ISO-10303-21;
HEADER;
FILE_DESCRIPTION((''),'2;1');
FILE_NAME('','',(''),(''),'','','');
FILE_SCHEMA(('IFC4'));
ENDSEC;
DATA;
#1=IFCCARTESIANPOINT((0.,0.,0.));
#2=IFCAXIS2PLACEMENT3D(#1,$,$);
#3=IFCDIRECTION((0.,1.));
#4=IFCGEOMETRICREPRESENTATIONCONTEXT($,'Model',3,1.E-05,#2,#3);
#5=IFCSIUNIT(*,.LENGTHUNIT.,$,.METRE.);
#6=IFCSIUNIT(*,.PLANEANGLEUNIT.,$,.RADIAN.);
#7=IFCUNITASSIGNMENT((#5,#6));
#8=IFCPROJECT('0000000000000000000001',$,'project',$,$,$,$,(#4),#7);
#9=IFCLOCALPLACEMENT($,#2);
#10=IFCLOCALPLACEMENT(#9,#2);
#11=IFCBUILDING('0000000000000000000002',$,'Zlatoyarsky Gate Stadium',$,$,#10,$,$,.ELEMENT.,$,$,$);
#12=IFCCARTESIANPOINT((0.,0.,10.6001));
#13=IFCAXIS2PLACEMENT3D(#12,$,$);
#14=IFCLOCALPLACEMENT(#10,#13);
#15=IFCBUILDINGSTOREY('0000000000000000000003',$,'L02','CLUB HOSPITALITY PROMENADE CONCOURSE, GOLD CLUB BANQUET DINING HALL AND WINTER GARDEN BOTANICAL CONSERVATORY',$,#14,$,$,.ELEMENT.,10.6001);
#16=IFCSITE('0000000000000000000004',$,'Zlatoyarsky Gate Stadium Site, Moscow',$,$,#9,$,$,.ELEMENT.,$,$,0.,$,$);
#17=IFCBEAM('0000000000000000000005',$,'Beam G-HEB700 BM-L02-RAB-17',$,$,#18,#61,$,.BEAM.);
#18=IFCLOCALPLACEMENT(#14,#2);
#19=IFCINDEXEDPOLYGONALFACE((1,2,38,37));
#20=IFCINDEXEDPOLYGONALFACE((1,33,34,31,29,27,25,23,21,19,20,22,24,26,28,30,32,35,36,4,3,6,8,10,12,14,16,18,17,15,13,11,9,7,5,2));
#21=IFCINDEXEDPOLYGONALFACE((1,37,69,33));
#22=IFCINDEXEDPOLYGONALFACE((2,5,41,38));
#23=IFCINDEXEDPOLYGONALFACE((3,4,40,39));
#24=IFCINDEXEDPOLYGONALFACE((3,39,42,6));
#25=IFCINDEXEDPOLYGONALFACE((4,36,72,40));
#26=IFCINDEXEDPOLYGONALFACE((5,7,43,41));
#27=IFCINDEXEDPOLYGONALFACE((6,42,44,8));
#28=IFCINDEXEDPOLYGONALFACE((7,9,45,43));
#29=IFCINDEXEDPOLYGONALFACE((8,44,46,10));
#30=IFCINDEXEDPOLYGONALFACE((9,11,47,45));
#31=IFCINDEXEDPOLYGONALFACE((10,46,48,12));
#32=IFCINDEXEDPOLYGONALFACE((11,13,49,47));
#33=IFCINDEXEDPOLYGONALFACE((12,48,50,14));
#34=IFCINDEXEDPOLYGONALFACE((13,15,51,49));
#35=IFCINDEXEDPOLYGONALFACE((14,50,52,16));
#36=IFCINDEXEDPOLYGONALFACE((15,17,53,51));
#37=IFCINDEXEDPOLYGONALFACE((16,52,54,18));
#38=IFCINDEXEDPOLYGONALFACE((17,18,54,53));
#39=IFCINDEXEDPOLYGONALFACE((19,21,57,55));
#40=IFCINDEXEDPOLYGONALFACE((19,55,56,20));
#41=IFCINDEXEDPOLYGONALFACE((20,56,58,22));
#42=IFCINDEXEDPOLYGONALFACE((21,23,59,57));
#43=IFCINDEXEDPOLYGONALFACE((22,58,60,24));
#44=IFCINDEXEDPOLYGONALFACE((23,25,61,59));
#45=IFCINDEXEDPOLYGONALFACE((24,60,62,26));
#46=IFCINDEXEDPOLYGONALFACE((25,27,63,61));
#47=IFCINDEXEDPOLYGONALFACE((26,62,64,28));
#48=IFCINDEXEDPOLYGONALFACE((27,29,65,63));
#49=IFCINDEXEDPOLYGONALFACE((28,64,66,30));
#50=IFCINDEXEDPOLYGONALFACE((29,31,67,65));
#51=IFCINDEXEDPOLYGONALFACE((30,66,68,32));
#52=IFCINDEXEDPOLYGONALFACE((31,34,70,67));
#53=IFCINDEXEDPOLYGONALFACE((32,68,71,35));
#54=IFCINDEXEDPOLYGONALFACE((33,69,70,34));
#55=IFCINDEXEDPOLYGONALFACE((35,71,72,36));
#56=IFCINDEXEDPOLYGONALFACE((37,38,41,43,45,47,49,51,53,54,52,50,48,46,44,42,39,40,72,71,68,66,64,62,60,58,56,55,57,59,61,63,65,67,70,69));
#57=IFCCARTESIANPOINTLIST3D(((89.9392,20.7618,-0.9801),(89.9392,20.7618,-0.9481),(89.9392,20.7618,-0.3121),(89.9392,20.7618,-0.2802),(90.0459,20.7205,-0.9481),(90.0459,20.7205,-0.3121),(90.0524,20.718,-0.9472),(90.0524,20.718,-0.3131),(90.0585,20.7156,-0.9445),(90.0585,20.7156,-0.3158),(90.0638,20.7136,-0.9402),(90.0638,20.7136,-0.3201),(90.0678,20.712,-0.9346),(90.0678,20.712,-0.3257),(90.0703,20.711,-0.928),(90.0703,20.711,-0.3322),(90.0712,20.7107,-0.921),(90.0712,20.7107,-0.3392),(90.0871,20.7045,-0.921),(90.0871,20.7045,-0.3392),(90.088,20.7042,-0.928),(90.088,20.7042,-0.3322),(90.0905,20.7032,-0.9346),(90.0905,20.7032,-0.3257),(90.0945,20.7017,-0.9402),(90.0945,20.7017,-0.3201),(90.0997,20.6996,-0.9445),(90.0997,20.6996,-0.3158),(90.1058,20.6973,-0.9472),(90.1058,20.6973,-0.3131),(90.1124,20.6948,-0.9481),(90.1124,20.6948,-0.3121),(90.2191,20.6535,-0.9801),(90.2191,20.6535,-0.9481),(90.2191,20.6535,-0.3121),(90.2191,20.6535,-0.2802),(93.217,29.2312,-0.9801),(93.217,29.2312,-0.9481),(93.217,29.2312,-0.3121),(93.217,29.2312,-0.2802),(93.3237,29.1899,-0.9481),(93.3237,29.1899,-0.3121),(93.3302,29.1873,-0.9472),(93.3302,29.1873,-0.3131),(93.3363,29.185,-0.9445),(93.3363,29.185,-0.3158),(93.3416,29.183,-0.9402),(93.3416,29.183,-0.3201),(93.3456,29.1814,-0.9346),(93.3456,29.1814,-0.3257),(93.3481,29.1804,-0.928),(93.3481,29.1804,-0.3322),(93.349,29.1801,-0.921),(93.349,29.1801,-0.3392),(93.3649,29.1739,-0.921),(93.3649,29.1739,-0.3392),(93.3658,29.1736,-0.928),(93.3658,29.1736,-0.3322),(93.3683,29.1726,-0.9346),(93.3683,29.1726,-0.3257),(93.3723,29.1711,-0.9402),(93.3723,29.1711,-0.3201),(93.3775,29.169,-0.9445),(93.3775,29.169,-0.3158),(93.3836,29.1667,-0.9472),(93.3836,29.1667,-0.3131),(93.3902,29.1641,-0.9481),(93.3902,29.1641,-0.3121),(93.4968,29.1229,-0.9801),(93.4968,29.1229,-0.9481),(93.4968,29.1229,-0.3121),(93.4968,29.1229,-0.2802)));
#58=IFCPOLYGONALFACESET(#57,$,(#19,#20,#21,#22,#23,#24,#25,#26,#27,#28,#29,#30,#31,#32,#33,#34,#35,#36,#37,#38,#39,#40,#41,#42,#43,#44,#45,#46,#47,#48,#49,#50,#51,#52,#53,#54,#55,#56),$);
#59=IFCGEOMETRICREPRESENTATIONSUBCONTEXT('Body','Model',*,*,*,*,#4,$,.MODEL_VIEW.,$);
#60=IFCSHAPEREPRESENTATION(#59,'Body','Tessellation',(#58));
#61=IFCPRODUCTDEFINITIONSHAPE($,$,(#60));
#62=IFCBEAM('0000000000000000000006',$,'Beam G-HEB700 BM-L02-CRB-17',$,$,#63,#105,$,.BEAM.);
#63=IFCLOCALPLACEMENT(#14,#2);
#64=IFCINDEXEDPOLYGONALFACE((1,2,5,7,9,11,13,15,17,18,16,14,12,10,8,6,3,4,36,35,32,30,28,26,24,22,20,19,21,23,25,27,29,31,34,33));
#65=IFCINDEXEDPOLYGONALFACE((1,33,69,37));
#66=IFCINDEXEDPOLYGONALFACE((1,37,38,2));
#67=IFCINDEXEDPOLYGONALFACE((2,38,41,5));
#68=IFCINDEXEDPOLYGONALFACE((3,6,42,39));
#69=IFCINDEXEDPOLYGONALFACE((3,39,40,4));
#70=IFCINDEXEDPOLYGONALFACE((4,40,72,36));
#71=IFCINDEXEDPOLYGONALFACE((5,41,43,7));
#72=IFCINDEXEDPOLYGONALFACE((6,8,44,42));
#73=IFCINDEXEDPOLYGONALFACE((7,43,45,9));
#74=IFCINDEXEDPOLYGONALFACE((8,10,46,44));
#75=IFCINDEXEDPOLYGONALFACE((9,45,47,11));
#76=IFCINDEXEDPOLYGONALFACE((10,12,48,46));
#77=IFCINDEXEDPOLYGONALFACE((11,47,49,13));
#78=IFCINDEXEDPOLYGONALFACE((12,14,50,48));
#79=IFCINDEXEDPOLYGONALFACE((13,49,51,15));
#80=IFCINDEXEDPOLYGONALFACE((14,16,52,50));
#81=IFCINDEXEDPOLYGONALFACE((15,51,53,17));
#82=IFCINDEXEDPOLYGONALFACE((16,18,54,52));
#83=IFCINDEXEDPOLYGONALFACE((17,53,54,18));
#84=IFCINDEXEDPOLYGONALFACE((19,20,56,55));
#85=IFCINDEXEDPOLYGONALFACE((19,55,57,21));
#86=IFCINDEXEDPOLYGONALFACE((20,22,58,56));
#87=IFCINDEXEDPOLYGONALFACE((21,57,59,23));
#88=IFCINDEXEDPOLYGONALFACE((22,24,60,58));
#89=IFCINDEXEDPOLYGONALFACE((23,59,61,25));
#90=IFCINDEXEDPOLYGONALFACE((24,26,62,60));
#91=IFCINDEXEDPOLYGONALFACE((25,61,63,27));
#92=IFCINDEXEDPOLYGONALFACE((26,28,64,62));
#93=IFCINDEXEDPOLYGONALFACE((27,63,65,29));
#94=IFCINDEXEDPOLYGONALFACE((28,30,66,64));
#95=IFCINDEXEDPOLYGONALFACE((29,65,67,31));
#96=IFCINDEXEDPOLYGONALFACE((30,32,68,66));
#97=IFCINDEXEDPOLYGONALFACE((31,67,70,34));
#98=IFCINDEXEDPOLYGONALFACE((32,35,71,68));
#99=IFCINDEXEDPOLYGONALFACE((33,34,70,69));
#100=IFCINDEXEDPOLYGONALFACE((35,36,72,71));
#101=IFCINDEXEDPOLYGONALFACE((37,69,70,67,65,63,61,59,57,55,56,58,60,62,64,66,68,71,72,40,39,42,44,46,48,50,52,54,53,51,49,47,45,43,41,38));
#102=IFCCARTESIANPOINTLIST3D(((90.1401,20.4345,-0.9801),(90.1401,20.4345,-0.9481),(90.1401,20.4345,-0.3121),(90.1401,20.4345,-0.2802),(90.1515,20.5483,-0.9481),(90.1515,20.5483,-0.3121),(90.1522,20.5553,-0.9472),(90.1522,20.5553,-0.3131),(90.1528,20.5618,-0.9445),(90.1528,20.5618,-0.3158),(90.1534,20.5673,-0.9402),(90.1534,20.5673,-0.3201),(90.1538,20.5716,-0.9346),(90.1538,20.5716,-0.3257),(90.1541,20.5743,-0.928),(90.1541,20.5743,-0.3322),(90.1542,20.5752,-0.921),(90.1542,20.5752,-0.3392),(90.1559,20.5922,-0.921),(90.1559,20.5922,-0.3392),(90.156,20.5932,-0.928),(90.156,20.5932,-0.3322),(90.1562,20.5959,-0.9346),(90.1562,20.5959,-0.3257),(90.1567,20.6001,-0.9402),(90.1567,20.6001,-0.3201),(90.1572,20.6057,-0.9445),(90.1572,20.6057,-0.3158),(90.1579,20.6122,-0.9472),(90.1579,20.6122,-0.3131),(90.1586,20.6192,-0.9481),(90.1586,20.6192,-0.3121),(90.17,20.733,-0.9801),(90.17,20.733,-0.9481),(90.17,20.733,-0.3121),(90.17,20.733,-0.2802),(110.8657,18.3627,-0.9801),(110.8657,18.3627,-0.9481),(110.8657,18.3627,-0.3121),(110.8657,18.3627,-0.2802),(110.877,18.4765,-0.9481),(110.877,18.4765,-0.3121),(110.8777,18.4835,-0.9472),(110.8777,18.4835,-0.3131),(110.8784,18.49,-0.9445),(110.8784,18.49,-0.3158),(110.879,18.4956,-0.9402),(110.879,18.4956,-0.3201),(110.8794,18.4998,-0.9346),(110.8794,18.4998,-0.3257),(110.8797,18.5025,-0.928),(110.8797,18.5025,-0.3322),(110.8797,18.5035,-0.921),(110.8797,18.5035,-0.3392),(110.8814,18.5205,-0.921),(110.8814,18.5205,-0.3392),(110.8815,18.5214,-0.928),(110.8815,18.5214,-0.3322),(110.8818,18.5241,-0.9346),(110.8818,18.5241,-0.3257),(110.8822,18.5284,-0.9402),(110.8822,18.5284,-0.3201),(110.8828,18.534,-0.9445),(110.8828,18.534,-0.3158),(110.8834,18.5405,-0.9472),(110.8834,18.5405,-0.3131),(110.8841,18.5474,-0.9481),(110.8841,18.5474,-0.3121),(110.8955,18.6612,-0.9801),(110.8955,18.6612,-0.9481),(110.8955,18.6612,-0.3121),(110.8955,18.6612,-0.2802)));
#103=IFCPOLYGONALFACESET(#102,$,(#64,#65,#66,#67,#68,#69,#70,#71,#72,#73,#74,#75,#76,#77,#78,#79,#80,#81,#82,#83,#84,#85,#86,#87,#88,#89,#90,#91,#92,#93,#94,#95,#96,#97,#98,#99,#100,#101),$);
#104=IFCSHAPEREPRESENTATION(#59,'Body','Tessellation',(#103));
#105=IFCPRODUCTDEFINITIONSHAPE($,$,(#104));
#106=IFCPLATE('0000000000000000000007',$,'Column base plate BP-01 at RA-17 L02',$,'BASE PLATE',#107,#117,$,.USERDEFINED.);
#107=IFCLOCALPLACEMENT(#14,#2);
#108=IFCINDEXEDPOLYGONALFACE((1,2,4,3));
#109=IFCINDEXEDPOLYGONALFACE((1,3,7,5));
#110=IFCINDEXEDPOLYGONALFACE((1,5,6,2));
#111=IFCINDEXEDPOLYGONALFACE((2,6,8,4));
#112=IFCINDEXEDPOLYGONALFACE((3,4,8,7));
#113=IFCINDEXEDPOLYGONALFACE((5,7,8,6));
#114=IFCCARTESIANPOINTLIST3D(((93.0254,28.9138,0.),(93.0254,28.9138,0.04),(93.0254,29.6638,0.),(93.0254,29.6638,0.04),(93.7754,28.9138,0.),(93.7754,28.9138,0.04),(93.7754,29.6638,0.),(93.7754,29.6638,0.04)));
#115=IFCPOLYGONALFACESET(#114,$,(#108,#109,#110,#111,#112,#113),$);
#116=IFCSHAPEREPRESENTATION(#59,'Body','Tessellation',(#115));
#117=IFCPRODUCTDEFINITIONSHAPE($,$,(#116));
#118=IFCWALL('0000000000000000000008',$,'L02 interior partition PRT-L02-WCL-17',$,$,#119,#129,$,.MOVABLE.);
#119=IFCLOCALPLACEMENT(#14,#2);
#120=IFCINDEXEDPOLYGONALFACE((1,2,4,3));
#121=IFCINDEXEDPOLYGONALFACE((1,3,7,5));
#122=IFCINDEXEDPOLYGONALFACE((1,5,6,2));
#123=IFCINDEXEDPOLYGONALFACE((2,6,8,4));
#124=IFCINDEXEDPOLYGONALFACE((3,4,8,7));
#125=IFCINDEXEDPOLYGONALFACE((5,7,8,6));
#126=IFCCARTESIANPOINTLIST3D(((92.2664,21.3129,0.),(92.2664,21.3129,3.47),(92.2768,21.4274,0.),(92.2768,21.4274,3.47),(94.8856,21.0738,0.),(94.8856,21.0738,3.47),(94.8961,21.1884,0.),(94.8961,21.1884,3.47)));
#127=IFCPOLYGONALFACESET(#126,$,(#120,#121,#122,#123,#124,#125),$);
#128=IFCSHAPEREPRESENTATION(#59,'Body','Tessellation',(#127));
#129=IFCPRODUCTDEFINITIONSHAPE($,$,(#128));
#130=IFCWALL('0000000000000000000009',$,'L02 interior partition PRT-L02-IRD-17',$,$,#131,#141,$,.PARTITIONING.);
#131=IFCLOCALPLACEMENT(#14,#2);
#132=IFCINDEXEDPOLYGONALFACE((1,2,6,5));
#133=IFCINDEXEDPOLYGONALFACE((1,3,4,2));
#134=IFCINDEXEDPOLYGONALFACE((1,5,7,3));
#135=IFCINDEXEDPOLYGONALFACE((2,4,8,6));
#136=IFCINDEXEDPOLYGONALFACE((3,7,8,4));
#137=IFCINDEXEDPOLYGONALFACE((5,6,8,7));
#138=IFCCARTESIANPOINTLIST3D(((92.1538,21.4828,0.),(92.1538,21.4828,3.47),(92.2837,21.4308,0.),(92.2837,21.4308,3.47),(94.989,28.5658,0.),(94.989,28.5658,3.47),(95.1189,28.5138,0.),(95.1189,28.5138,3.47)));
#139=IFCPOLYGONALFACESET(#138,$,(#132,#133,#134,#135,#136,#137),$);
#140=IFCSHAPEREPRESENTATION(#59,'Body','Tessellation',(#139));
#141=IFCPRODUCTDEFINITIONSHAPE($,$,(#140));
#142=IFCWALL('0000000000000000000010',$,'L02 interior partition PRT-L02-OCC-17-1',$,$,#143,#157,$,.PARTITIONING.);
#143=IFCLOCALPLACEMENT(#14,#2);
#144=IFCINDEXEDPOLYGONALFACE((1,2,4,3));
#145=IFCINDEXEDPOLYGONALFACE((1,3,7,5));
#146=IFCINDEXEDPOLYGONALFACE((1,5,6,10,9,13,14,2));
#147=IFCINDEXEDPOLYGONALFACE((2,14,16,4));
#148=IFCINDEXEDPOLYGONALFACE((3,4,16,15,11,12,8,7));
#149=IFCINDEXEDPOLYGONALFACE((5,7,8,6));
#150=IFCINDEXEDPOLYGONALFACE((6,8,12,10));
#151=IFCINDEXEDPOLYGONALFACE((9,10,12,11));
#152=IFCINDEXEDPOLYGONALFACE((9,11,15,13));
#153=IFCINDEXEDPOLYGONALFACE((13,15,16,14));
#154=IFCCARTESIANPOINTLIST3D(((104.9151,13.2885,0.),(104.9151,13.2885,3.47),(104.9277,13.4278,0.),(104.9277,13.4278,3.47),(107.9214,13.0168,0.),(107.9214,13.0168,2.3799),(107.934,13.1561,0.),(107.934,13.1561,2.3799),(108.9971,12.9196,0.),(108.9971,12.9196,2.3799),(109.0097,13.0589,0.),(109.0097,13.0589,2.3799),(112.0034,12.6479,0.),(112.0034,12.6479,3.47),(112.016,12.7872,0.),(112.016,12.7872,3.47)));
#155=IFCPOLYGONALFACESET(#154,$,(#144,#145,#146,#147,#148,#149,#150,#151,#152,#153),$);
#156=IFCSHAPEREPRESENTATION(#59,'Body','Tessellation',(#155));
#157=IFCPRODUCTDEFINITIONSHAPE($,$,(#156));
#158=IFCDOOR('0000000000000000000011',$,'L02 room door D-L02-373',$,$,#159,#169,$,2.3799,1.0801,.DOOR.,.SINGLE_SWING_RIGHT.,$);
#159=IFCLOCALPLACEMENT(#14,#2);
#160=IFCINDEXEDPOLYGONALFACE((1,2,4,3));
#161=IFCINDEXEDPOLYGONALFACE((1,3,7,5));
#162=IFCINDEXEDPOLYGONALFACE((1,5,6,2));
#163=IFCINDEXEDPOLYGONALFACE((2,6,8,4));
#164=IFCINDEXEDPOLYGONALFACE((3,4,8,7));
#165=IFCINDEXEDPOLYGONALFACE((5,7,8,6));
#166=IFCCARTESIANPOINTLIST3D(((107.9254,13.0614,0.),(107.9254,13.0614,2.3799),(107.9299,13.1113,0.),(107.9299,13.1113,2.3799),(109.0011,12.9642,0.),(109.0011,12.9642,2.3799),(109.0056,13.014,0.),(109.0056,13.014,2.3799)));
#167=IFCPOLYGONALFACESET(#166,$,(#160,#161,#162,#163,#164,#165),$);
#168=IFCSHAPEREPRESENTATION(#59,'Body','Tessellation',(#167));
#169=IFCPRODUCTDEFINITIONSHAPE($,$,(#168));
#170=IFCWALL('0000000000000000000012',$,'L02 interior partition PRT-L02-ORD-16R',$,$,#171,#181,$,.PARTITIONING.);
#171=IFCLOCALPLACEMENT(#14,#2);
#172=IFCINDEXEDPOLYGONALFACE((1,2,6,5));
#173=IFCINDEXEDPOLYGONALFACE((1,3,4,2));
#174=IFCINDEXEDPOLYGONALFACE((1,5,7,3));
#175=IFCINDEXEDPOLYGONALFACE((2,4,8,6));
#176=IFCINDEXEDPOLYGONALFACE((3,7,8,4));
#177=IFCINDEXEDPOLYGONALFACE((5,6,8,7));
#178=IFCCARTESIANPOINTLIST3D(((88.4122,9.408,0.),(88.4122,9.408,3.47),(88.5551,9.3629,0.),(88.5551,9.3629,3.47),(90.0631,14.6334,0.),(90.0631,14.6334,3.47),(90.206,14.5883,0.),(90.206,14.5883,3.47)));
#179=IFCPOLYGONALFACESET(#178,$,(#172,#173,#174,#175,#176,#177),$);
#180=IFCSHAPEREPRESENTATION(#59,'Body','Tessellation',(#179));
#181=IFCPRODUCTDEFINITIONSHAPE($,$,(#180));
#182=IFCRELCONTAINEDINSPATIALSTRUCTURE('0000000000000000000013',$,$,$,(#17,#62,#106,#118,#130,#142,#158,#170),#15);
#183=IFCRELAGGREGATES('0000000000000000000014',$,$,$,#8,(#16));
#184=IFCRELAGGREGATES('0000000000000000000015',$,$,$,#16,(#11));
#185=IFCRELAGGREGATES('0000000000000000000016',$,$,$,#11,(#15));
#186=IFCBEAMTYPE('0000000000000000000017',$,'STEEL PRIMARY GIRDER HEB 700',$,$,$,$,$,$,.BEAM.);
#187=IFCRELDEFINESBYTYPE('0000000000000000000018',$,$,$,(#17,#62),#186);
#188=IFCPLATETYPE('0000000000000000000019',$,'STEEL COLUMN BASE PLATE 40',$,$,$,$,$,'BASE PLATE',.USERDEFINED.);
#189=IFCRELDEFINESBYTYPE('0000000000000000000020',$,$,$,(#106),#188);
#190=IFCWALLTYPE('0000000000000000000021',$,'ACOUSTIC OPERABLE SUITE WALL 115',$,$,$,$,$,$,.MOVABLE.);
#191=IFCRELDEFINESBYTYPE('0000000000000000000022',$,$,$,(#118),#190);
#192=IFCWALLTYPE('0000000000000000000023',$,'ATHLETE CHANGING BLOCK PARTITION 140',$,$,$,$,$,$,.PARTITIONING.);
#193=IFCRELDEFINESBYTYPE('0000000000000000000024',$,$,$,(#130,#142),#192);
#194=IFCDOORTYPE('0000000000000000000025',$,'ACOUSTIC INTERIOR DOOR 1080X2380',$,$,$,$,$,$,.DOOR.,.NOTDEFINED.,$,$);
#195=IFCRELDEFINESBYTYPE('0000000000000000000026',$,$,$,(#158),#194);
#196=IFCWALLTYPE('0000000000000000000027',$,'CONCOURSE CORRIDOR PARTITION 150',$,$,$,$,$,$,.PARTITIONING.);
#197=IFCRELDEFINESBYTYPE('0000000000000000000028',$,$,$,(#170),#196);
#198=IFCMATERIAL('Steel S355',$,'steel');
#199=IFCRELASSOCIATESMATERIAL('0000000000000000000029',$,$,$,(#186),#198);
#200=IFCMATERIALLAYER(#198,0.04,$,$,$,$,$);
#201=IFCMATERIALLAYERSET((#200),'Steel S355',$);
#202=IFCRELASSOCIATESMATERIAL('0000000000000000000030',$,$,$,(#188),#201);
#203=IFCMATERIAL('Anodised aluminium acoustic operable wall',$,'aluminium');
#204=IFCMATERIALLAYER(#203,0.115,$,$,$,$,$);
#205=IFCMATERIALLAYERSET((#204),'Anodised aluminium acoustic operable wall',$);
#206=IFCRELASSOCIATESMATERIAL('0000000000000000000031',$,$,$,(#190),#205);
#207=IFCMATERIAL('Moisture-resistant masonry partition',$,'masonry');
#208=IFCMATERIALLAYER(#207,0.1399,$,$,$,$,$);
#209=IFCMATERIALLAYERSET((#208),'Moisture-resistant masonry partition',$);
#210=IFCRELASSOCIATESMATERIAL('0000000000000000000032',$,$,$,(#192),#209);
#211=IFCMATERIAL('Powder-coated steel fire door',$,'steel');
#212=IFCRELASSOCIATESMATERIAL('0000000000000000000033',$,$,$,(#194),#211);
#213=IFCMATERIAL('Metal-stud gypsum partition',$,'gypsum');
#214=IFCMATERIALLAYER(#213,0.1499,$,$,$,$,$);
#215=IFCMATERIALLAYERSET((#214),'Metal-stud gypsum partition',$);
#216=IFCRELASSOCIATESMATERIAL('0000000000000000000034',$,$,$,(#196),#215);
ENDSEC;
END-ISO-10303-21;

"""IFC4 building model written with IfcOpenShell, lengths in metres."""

from ifc_helpers import new_model, si_unit, direction, frame, frame_2d, origin, origin_2d, place, context, subcontext, project, spatial, rectangle, i_section, extrude, material, layer, layer_set, material_profile, profile_set, type_object, element, fill, save


model = new_model("IFC4")

# Units and contexts
model_context = context("Model", 3, precision=1e-05, world=origin(), true_north=direction((0.0, 1.0)))
body_context = subcontext(model_context, "Body", "Model", "MODEL_VIEW")
ifc_project = project(units=[si_unit("LENGTHUNIT", "METRE"), si_unit("PLANEANGLEUNIT", "RADIAN")], contexts=[model_context])

# Site, building, storey
site_placement = place(None, origin())
site = spatial("IfcSite", under=ifc_project, at=site_placement, Name="Zlatoyarsky Gate Stadium Site, Moscow", CompositionType="ELEMENT", RefElevation=0.0)
building_placement = place(site_placement, origin())
building = spatial("IfcBuilding", under=site, at=building_placement, Name="Zlatoyarsky Gate Stadium", CompositionType="ELEMENT")
storey_placement = place(building_placement, frame((0.0, 0.0, 10.6001)))
storey = spatial("IfcBuildingStorey", under=building, at=storey_placement, Name="L02", Description="CLUB HOSPITALITY PROMENADE CONCOURSE, GOLD CLUB BANQUET DINING HALL AND WINTER GARDEN BOTANICAL CONSERVATORY", CompositionType="ELEMENT", Elevation=10.6001)

# Shared definitions
ifc_material_1 = material(Name="Steel S355", Category="steel")

# Beams
ifc_material_profile_1 = material_profile(ifc_material_1, i_section(OverallWidth=0.3, OverallDepth=0.7, WebThickness=0.0171, FlangeThickness=0.032, FilletRadius=0.0271, at=origin_2d()), Name="HEB 700")
ifc_profile_set_1 = profile_set([ifc_material_profile_1], Name="Steel S355")
beam_type_1 = type_object("IfcBeamType", Name="STEEL PRIMARY GIRDER HEB 700", PredefinedType="BEAM", material=ifc_profile_set_1)
beam_1_placement = place(storey_placement, frame((93.3569, 29.177, -0.6301), z_axis=(-0.360929, -0.932593, 0.0), x_axis=(0.932593, -0.360929, 0.0)))
element("IfcBeam", 1, at=beam_1_placement, inside=storey, type_object=beam_type_1, Name="Beam G-HEB700 BM-L02-RAB-17", PredefinedType="BEAM", context=body_context, shape_type="SweptSolid", body=[
    extrude(i_section(OverallWidth=0.3, OverallDepth=0.7, WebThickness=0.0171, FlangeThickness=0.032, FilletRadius=0.0271, at=origin_2d()), origin(), (0.0, 0.0, 1.0), 9.0815),
])
beam_2_placement = place(storey_placement, frame((90.155, 20.5837, -0.6301), z_axis=(0.995041, -0.099467, 0.0), x_axis=(0.099467, 0.995041, 0.0)))
element("IfcBeam", 2, at=beam_2_placement, inside=storey, type_object=beam_type_1, Name="Beam G-HEB700 BM-L02-CRB-17", PredefinedType="BEAM", context=body_context, shape_type="SweptSolid", body=[
    extrude(i_section(OverallWidth=0.3, OverallDepth=0.7, WebThickness=0.0171, FlangeThickness=0.032, FilletRadius=0.0271, at=origin_2d()), origin(), (0.0, 0.0, 1.0), 20.8289),
])

# Plate
ifc_layer_1 = layer(ifc_material_1, 0.04)
ifc_layer_set_1 = layer_set([ifc_layer_1], Name="Steel S355")
plate_type = type_object("IfcPlateType", Name="STEEL COLUMN BASE PLATE 40", ElementType="BASE PLATE", PredefinedType="USERDEFINED", material=ifc_layer_set_1)
plate_placement = place(storey_placement, frame((93.4004, 29.2888, 0.0), z_axis=(0.0, 0.0, 1.0), x_axis=(1.0, 0.0, 0.0)))
element("IfcPlate", 3, at=plate_placement, inside=storey, type_object=plate_type, Name="Column base plate BP-01 at RA-17 L02", ObjectType="BASE PLATE", PredefinedType="USERDEFINED", context=body_context, shape_type="SweptSolid", body=[
    extrude(rectangle(XDim=0.75, YDim=0.75, at=origin_2d()), origin(), (0.0, 0.0, 1.0), 0.04),
])

# Walls
ifc_material_2 = material(Name="Anodised aluminium acoustic operable wall", Category="aluminium")
ifc_layer_2 = layer(ifc_material_2, 0.115)
ifc_layer_set_2 = layer_set([ifc_layer_2], Name="Anodised aluminium acoustic operable wall")
wall_type_1 = type_object("IfcWallType", Name="ACOUSTIC OPERABLE SUITE WALL 115", PredefinedType="MOVABLE", material=ifc_layer_set_2)
wall_1_placement = place(storey_placement, frame((92.2717, 21.3701, 0.0), z_axis=(0.0, 0.0, 1.0), x_axis=(0.995862, -0.090879, 0.0)))
element("IfcWall", 4, at=wall_1_placement, inside=storey, type_object=wall_type_1, Name="L02 interior partition PRT-L02-WCL-17", PredefinedType="MOVABLE", context=body_context, shape_type="SweptSolid", body=[
    extrude(rectangle(XDim=2.6301, YDim=0.115, at=frame_2d((1.3149, 0.0))), origin(), (0.0, 0.0, 1.0), 3.47),
])
ifc_material_3 = material(Name="Moisture-resistant masonry partition", Category="masonry")
ifc_layer_3 = layer(ifc_material_3, 0.1399)
ifc_layer_set_3 = layer_set([ifc_layer_3], Name="Moisture-resistant masonry partition")
wall_type_2 = type_object("IfcWallType", Name="ATHLETE CHANGING BLOCK PARTITION 140", PredefinedType="PARTITIONING", material=ifc_layer_set_3)
wall_2_placement = place(storey_placement, frame((95.054, 28.5398, 0.0), z_axis=(0.0, 0.0, 1.0), x_axis=(-0.371617, -0.928386, 0.0)))
element("IfcWall", 5, at=wall_2_placement, inside=storey, type_object=wall_type_2, Name="L02 interior partition PRT-L02-IRD-17", PredefinedType="PARTITIONING", context=body_context, shape_type="SweptSolid", body=[
    extrude(rectangle(XDim=7.6294, YDim=0.1399, at=frame_2d((3.8147, 0.0))), origin(), (0.0, 0.0, 1.0), 3.47),
])

# Wall, opening, door
wall_3_placement = place(storey_placement, frame((104.9214, 13.3582, 0.0), z_axis=(0.0, 0.0, 1.0), x_axis=(0.995941, -0.09001, 0.0)))
wall_3 = element("IfcWall", 6, at=wall_3_placement, inside=storey, type_object=wall_type_2, Name="L02 interior partition PRT-L02-OCC-17-1", PredefinedType="PARTITIONING", context=body_context, shape_type="SweptSolid", body=[
    extrude(rectangle(XDim=7.1172, YDim=0.1399, at=frame_2d((3.5586, 0.0))), origin(), (0.0, 0.0, 1.0), 3.47),
])
opening_1_placement = place(wall_3_placement, frame((3.0186, 0.0, 0.0)))
opening_1 = element("IfcOpeningElement", 7, at=opening_1_placement, cuts=wall_3, PredefinedType="OPENING", context=body_context, shape_type="SweptSolid", body=[
    extrude(rectangle(XDim=1.0801, YDim=2.3799, at=frame_2d((0.54, 1.1899))), frame((0.0, 0.0798, 0.0), z_axis=(0.0, -1.0, 0.0), x_axis=(1.0, 0.0, 0.0)), (0.0, 0.0, 1.0), 0.1599),
])
ifc_material_4 = material(Name="Powder-coated steel fire door", Category="steel")
door_type_1 = type_object("IfcDoorType", Name="ACOUSTIC INTERIOR DOOR 1080X2380", OperationType="NOTDEFINED", PredefinedType="DOOR", material=ifc_material_4)
door_1_placement = place(opening_1_placement, origin())
door_1 = element("IfcDoor", 8, at=door_1_placement, inside=storey, type_object=door_type_1, Name="L02 room door D-L02-373", OperationType="SINGLE_SWING_RIGHT", OverallHeight=2.3799, OverallWidth=1.0801, PredefinedType="DOOR", context=body_context, shape_type="SweptSolid", body=[
    extrude(rectangle(XDim=1.0801, YDim=2.3799, at=frame_2d((0.54, 1.1899))), frame((0.0, 0.0249, 0.0), z_axis=(0.0, -1.0, 0.0), x_axis=(1.0, 0.0, 0.0)), (0.0, 0.0, 1.0), 0.05),
])
fill(opening_1, door_1)

# Wall
ifc_material_5 = material(Name="Metal-stud gypsum partition", Category="gypsum")
ifc_layer_4 = layer(ifc_material_5, 0.1499)
ifc_layer_set_4 = layer_set([ifc_layer_4], Name="Metal-stud gypsum partition")
wall_type_3 = type_object("IfcWallType", Name="CONCOURSE CORRIDOR PARTITION 150", PredefinedType="PARTITIONING", material=ifc_layer_set_4)
wall_4_placement = place(storey_placement, frame((90.1345, 14.6108, 0.0), z_axis=(0.0, 0.0, 1.0), x_axis=(-0.301259, -0.953542, 0.0)))
element("IfcWall", 9, at=wall_4_placement, inside=storey, type_object=wall_type_3, Name="L02 interior partition PRT-L02-ORD-16R", PredefinedType="PARTITIONING", context=body_context, shape_type="SweptSolid", body=[
    extrude(rectangle(XDim=5.48, YDim=0.1499, at=frame_2d((2.74, 0.0))), origin(), (0.0, 0.0, 1.0), 3.47),
])

save(model, "model.ifc")
